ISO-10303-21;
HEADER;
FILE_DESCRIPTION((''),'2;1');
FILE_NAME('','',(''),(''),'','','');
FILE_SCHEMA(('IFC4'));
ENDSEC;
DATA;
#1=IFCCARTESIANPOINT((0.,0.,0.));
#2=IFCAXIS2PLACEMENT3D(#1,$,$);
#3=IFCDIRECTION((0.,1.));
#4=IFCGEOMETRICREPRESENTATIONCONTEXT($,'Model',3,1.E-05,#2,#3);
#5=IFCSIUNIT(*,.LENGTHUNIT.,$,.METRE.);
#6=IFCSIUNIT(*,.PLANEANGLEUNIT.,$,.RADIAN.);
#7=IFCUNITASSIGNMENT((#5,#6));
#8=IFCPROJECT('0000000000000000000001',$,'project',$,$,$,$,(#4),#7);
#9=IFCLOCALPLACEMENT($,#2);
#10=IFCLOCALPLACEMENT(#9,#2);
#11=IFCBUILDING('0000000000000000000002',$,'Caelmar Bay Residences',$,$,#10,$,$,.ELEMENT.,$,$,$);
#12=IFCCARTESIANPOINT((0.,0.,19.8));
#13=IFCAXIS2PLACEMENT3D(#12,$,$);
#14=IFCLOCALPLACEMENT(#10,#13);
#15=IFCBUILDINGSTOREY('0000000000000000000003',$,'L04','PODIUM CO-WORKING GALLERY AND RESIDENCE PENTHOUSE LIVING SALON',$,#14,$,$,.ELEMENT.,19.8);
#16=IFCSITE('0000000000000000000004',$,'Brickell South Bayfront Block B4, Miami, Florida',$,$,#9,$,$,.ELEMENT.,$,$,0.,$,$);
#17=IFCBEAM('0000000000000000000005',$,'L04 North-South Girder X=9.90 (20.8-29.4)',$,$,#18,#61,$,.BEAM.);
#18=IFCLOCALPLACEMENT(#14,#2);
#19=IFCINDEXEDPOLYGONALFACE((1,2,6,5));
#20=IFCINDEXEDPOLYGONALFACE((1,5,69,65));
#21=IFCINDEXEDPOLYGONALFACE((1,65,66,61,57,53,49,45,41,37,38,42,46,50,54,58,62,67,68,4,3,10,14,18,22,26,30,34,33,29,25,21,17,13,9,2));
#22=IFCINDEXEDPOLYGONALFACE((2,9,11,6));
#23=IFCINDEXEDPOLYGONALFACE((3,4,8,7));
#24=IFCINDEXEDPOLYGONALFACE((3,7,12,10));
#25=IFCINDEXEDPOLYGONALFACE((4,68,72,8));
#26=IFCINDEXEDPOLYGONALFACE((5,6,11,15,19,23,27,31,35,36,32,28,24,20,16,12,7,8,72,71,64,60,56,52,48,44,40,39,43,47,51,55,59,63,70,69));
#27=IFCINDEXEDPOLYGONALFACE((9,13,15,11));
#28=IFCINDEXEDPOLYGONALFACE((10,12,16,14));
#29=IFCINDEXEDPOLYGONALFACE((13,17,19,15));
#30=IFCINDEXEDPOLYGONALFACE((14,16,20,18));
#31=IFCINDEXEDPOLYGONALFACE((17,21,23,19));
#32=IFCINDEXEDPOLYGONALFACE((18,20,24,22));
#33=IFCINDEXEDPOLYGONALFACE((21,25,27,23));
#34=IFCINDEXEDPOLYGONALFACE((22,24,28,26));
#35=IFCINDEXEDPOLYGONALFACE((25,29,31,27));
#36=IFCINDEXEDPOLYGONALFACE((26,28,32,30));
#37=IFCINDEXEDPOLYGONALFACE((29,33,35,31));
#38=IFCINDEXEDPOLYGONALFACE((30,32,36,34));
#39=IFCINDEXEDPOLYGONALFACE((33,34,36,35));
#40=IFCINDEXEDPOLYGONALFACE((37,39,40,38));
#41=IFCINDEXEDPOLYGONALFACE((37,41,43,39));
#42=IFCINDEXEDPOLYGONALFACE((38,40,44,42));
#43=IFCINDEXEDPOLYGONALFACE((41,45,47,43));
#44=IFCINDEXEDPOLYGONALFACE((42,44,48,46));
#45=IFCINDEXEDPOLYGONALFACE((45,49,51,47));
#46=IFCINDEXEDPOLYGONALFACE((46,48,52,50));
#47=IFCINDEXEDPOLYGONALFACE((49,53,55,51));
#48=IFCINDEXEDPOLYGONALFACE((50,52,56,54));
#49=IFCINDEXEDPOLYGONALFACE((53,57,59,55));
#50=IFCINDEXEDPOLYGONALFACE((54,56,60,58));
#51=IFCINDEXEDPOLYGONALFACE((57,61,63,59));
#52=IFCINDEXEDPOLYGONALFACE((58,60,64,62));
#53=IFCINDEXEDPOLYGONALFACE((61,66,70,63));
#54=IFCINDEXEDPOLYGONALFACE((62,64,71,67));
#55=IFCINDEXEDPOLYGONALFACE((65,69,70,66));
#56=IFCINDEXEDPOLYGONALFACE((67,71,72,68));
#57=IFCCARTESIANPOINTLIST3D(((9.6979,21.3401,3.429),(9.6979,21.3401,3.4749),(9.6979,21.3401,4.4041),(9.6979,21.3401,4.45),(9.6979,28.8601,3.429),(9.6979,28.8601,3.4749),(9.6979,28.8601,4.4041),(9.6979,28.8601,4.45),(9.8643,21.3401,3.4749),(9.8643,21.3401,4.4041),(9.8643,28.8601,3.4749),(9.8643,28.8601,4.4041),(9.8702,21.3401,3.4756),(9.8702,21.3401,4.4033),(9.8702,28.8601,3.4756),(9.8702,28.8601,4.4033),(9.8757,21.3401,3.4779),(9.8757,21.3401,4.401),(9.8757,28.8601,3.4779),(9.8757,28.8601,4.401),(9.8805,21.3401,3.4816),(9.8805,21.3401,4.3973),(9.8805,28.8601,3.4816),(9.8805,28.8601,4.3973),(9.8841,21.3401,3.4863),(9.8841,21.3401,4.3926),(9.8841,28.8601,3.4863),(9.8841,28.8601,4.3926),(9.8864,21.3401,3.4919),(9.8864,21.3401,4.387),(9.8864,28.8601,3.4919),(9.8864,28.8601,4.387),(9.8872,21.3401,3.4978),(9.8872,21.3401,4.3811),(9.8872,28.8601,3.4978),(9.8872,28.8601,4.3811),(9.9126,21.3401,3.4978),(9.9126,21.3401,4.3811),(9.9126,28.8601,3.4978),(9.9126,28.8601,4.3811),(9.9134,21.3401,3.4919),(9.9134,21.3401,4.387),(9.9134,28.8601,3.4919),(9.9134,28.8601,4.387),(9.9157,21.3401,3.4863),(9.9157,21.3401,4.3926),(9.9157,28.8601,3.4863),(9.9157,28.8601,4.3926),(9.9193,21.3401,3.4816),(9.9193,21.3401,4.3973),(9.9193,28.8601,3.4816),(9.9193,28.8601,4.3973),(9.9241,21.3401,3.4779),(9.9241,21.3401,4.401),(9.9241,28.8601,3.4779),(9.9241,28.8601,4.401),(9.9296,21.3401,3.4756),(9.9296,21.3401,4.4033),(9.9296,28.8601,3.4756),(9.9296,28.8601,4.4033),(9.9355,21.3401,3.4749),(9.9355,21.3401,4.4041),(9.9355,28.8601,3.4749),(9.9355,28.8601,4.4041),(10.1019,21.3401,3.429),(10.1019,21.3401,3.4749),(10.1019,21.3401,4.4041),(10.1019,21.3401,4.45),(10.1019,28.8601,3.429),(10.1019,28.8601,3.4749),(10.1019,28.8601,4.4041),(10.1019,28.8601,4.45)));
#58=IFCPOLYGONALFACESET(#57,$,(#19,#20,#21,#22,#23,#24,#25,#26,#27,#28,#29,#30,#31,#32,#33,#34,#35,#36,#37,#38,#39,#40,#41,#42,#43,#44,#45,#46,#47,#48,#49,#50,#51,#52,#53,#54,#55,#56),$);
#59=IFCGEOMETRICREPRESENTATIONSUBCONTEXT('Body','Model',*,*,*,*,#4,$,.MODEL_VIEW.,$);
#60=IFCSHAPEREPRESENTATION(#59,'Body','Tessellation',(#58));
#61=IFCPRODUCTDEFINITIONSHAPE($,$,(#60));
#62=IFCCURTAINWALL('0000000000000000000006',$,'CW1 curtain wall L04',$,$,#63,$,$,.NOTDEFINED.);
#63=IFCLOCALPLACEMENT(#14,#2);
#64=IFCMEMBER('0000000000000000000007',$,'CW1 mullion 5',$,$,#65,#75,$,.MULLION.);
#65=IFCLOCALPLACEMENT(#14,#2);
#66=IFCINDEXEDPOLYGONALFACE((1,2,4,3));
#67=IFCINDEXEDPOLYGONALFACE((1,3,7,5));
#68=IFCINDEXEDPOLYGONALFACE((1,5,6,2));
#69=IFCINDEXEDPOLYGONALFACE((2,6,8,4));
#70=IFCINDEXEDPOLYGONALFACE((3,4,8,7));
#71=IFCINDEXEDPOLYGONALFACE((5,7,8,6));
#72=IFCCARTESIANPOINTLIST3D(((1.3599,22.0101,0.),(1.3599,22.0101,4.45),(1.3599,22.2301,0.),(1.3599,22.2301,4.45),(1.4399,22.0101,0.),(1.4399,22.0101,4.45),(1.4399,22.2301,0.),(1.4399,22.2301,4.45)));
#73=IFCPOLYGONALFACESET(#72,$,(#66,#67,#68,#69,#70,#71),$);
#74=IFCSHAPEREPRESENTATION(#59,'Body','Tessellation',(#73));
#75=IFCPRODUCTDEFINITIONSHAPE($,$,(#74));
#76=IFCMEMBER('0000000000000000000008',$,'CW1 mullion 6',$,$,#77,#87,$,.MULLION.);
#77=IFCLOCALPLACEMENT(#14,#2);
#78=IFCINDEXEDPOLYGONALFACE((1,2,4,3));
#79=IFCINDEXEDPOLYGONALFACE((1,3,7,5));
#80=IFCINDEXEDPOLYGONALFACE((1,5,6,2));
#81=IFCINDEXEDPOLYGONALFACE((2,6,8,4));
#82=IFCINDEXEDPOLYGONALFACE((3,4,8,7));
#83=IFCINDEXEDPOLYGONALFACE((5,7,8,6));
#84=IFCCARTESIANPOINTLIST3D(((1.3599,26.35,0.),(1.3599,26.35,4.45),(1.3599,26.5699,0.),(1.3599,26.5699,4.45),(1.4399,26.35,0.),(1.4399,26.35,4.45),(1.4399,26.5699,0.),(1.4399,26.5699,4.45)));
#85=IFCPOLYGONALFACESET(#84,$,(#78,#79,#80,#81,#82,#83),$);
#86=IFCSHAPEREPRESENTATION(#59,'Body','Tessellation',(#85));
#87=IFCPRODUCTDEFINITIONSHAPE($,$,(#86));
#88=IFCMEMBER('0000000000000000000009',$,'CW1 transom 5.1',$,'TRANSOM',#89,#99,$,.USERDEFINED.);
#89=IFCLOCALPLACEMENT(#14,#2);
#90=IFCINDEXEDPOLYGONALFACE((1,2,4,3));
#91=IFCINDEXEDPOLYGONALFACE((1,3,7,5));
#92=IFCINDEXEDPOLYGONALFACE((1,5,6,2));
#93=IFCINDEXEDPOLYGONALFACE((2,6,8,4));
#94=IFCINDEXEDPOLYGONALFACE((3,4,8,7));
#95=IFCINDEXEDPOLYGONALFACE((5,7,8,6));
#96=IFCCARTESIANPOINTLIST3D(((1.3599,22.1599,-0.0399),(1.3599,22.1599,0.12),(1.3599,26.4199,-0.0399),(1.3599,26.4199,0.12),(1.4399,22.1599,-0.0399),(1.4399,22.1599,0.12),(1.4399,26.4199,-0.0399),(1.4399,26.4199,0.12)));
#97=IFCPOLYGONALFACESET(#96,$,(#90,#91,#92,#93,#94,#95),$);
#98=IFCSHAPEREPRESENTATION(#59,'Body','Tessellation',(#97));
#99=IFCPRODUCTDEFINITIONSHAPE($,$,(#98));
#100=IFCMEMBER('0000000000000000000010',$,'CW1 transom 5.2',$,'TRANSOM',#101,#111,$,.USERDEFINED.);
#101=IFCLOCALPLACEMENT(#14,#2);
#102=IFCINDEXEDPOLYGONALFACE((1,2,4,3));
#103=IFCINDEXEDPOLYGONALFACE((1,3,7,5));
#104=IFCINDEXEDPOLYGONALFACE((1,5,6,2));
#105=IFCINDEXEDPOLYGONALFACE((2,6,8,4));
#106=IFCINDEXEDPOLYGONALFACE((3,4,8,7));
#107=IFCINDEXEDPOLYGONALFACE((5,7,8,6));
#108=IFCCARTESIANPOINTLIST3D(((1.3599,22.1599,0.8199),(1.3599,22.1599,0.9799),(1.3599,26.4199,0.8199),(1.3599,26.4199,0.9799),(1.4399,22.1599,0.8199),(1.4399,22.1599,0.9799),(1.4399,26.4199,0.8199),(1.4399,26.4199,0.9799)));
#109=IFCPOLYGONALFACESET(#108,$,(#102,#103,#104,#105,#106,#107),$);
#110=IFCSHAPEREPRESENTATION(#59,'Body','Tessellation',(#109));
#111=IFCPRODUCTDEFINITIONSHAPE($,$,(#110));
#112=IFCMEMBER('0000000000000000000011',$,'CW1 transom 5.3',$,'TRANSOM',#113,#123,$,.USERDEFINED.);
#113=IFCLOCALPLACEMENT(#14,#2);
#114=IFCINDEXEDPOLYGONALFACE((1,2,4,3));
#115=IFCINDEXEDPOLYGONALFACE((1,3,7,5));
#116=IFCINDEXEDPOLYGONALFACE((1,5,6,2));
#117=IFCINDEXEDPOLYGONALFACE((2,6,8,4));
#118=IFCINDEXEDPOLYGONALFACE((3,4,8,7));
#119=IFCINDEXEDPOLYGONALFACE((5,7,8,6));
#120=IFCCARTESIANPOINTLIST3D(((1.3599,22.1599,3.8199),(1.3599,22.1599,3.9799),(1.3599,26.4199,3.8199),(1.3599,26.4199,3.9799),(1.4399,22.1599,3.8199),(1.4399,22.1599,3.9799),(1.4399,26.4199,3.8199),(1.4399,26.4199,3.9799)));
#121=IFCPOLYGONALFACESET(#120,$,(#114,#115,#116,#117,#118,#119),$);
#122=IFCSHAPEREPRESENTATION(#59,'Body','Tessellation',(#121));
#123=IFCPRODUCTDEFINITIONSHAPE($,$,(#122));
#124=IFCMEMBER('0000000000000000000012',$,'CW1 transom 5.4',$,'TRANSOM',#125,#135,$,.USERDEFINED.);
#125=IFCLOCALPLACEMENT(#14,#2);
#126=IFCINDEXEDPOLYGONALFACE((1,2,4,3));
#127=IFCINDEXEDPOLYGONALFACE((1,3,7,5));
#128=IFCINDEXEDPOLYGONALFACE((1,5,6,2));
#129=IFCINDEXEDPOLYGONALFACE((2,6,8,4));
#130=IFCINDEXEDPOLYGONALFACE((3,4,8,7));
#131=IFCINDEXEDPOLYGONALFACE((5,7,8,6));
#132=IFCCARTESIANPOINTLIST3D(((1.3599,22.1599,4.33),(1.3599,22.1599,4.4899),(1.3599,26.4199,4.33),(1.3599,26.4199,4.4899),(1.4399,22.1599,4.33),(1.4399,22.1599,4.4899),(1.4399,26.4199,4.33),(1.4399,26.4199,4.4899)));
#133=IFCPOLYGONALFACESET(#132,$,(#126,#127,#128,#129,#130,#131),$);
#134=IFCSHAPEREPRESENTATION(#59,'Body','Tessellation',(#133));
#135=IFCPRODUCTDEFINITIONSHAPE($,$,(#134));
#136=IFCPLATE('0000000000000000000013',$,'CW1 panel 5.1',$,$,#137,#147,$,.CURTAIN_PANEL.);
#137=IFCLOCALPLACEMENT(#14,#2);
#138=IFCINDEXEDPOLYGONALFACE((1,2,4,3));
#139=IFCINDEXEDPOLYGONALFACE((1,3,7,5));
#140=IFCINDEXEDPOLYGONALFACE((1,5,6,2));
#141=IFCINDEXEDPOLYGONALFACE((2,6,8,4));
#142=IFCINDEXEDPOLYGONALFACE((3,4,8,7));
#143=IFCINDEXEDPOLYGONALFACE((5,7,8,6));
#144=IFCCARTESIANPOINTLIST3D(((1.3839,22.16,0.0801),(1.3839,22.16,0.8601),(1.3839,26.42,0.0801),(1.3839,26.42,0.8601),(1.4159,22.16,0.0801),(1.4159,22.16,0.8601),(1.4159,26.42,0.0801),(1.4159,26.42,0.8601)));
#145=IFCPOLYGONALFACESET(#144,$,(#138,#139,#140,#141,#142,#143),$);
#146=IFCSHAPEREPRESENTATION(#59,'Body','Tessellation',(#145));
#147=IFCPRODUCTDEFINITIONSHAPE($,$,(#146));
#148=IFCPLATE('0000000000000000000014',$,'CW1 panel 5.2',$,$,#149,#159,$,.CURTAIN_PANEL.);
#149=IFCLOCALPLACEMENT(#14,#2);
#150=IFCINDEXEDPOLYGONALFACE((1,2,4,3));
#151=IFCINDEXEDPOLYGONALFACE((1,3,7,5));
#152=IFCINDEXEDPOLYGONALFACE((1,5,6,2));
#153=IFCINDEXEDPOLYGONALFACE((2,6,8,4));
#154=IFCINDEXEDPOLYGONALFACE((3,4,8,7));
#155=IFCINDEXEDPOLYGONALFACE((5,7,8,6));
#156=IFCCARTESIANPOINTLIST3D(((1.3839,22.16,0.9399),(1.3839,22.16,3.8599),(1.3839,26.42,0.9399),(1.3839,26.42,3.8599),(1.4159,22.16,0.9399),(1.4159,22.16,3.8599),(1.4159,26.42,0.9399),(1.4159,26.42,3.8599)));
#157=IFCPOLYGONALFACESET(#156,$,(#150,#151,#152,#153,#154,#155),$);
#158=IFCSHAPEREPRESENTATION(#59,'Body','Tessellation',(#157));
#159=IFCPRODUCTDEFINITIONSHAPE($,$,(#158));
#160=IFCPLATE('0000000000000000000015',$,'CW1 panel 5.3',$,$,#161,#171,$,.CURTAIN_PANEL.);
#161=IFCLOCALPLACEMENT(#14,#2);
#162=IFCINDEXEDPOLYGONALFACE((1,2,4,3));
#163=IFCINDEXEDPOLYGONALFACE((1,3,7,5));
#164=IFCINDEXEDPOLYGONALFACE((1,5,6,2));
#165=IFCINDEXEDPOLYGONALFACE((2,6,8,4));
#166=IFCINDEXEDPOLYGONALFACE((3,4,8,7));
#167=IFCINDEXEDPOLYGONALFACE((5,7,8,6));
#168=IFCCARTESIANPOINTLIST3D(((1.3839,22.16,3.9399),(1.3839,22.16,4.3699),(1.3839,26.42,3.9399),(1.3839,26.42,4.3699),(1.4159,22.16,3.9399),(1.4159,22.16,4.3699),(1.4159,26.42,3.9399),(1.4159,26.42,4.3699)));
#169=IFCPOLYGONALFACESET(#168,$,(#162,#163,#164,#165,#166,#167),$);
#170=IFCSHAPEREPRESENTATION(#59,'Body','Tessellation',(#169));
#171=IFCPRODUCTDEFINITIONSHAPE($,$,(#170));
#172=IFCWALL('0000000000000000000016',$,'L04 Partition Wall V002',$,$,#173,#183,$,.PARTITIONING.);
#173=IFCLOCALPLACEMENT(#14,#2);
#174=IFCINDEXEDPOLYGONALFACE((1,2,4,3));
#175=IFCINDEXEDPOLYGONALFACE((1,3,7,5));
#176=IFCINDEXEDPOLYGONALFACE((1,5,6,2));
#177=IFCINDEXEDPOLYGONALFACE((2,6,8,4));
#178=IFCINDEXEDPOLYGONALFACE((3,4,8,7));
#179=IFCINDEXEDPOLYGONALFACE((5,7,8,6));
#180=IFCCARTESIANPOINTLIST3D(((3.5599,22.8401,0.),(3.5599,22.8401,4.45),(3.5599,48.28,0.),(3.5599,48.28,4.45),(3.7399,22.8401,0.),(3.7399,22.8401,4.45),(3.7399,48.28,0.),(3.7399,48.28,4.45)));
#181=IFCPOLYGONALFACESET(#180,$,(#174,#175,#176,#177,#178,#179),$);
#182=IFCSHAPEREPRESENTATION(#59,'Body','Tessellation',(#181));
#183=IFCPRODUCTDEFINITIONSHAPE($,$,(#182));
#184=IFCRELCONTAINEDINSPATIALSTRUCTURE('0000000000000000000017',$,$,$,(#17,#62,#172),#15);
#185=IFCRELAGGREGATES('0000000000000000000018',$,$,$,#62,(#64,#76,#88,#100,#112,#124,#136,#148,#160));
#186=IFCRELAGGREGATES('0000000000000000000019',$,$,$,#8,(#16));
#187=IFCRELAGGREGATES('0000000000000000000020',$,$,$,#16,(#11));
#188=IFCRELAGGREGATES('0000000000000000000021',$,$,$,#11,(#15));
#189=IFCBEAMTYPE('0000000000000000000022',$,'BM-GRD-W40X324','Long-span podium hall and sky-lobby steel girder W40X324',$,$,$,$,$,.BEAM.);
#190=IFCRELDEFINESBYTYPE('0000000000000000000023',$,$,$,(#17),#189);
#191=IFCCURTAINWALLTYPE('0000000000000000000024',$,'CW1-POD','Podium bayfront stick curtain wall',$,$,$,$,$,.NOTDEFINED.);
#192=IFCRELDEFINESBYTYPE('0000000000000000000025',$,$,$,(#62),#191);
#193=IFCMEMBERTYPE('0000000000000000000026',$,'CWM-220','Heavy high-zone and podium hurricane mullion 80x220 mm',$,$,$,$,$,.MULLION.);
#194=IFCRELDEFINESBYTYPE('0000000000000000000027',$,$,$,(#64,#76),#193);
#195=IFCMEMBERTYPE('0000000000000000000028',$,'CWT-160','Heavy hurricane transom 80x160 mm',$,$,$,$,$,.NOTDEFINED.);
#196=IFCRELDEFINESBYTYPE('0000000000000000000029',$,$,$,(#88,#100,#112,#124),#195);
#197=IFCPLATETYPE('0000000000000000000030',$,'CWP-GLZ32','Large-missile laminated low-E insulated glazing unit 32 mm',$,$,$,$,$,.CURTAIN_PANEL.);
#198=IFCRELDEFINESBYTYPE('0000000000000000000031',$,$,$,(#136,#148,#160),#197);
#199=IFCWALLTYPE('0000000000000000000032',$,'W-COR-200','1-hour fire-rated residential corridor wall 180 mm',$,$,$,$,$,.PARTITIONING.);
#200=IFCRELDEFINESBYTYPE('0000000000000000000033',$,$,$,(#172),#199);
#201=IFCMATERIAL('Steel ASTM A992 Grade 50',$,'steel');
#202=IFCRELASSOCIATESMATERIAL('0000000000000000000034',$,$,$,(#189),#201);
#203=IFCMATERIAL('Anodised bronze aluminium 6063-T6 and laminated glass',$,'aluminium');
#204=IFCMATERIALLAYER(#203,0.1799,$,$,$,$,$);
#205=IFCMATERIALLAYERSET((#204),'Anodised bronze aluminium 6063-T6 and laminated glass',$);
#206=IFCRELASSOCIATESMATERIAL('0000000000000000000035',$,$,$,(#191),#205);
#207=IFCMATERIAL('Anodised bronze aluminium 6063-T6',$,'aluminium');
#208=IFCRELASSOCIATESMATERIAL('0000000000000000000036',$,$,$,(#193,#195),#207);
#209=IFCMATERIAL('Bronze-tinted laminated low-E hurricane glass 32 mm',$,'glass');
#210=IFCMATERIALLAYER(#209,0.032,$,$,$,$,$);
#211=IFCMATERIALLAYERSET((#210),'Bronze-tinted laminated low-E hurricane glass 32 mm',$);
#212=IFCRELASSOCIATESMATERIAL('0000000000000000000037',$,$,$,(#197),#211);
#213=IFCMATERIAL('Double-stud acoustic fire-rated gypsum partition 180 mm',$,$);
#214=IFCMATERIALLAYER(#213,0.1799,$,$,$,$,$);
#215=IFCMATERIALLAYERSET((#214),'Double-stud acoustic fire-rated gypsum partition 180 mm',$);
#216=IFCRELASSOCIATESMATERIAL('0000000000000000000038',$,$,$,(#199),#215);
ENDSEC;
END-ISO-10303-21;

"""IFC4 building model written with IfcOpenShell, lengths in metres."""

from ifc_helpers import new_model, si_unit, direction, frame, frame_2d, origin, origin_2d, place, context, subcontext, project, spatial, rectangle, i_section, extrude, material, layer, layer_set, material_profile, profile_set, type_object, element, aggregate, save


model = new_model("IFC4")

# Units and contexts
model_context = context("Model", 3, precision=1e-05, world=origin(), true_north=direction((0.0, 1.0)))
body_context = subcontext(model_context, "Body", "Model", "MODEL_VIEW")
ifc_project = project(units=[si_unit("LENGTHUNIT", "METRE"), si_unit("PLANEANGLEUNIT", "RADIAN")], contexts=[model_context])

# Site, building, storey
site_placement = place(None, origin())
site = spatial("IfcSite", under=ifc_project, at=site_placement, Name="Brickell South Bayfront Block B4, Miami, Florida", CompositionType="ELEMENT", RefElevation=0.0)
building_placement = place(site_placement, origin())
building = spatial("IfcBuilding", under=site, at=building_placement, Name="Caelmar Bay Residences", CompositionType="ELEMENT")
storey_placement = place(building_placement, frame((0.0, 0.0, 19.8)))
storey = spatial("IfcBuildingStorey", under=building, at=storey_placement, Name="L04", Description="PODIUM CO-WORKING GALLERY AND RESIDENCE PENTHOUSE LIVING SALON", CompositionType="ELEMENT", Elevation=19.8)

# Beam
ifc_material_1 = material(Name="Steel ASTM A992 Grade 50", Category="steel")
ifc_material_profile_1 = material_profile(ifc_material_1, i_section(OverallWidth=0.4041, OverallDepth=1.021, WebThickness=0.0254, FlangeThickness=0.0459, FilletRadius=0.0229, at=origin_2d()), Name="W40X324")
ifc_profile_set_1 = profile_set([ifc_material_profile_1], Name="Steel ASTM A992 Grade 50")
beam_type = type_object("IfcBeamType", Name="BM-GRD-W40X324", Description="Long-span podium hall and sky-lobby steel girder W40X324", PredefinedType="BEAM", material=ifc_profile_set_1)
beam_placement = place(storey_placement, frame((9.8999, 21.3401, 3.9395), z_axis=(0.0, 1.0, 0.0), x_axis=(-1.0, 0.0, 0.0)))
element("IfcBeam", 1, at=beam_placement, inside=storey, type_object=beam_type, Name="L04 North-South Girder X=9.90 (20.8-29.4)", PredefinedType="BEAM", context=body_context, shape_type="SweptSolid", body=[
    extrude(i_section(OverallWidth=0.4041, OverallDepth=1.021, WebThickness=0.0254, FlangeThickness=0.0459, FilletRadius=0.0229, at=origin_2d()), origin(), (0.0, 0.0, 1.0), 7.52),
])

# Curtain wall, members, plates
ifc_material_2 = material(Name="Anodised bronze aluminium 6063-T6 and laminated glass", Category="aluminium")
ifc_layer_1 = layer(ifc_material_2, 0.1799)
ifc_layer_set_1 = layer_set([ifc_layer_1], Name="Anodised bronze aluminium 6063-T6 and laminated glass")
curtain_wall_type = type_object("IfcCurtainWallType", Name="CW1-POD", Description="Podium bayfront stick curtain wall", PredefinedType="NOTDEFINED", material=ifc_layer_set_1)
curtain_wall_placement = place(storey_placement, origin())
curtain_wall = element("IfcCurtainWall", 2, at=curtain_wall_placement, inside=storey, type_object=curtain_wall_type, Name="CW1 curtain wall L04", PredefinedType="NOTDEFINED")
ifc_material_3 = material(Name="Anodised bronze aluminium 6063-T6", Category="aluminium")
ifc_material_profile_2 = material_profile(ifc_material_3, rectangle(XDim=0.0801, YDim=0.22, at=origin_2d()), Name="CWM-80X220")
ifc_profile_set_2 = profile_set([ifc_material_profile_2], Name="Anodised bronze aluminium 6063-T6")
member_type_1 = type_object("IfcMemberType", Name="CWM-220", Description="Heavy high-zone and podium hurricane mullion 80x220 mm", PredefinedType="MULLION", material=ifc_profile_set_2)
member_1_placement = place(storey_placement, frame((1.3999, 22.1201, 0.0), z_axis=(0.0, 0.0, 1.0), x_axis=(-1.0, 0.0, 0.0)))
member_1 = element("IfcMember", 3, at=member_1_placement, type_object=member_type_1, Name="CW1 mullion 5", PredefinedType="MULLION", context=body_context, shape_type="SweptSolid", body=[
    extrude(rectangle(XDim=0.0801, YDim=0.22, at=origin_2d()), origin(), (0.0, 0.0, 1.0), 4.45),
])
member_2_placement = place(storey_placement, frame((1.3999, 26.46, 0.0), z_axis=(0.0, 0.0, 1.0), x_axis=(-1.0, 0.0, 0.0)))
member_2 = element("IfcMember", 4, at=member_2_placement, type_object=member_type_1, Name="CW1 mullion 6", PredefinedType="MULLION", context=body_context, shape_type="SweptSolid", body=[
    extrude(rectangle(XDim=0.0801, YDim=0.22, at=origin_2d()), origin(), (0.0, 0.0, 1.0), 4.45),
])
ifc_material_profile_3 = material_profile(ifc_material_3, rectangle(XDim=0.0801, YDim=0.1599, at=origin_2d()), Name="CWT-80X160")
ifc_profile_set_3 = profile_set([ifc_material_profile_3], Name="Anodised bronze aluminium 6063-T6")
member_type_2 = type_object("IfcMemberType", Name="CWT-160", Description="Heavy hurricane transom 80x160 mm", PredefinedType="NOTDEFINED", material=ifc_profile_set_3)
member_3_placement = place(storey_placement, frame((1.3999, 22.1599, 0.04), z_axis=(0.0, 1.0, 0.0), x_axis=(-1.0, 0.0, 0.0)))
member_3 = element("IfcMember", 5, at=member_3_placement, type_object=member_type_2, Name="CW1 transom 5.1", ObjectType="TRANSOM", PredefinedType="USERDEFINED", context=body_context, shape_type="SweptSolid", body=[
    extrude(rectangle(XDim=0.0801, YDim=0.1599, at=origin_2d()), origin(), (0.0, 0.0, 1.0), 4.26),
])
member_4_placement = place(storey_placement, frame((1.3999, 22.1599, 0.8999), z_axis=(0.0, 1.0, 0.0), x_axis=(-1.0, 0.0, 0.0)))
member_4 = element("IfcMember", 6, at=member_4_placement, type_object=member_type_2, Name="CW1 transom 5.2", ObjectType="TRANSOM", PredefinedType="USERDEFINED", context=body_context, shape_type="SweptSolid", body=[
    extrude(rectangle(XDim=0.0801, YDim=0.1599, at=origin_2d()), origin(), (0.0, 0.0, 1.0), 4.26),
])
member_5_placement = place(storey_placement, frame((1.3999, 22.1599, 3.8999), z_axis=(0.0, 1.0, 0.0), x_axis=(-1.0, 0.0, 0.0)))
member_5 = element("IfcMember", 7, at=member_5_placement, type_object=member_type_2, Name="CW1 transom 5.3", ObjectType="TRANSOM", PredefinedType="USERDEFINED", context=body_context, shape_type="SweptSolid", body=[
    extrude(rectangle(XDim=0.0801, YDim=0.1599, at=origin_2d()), origin(), (0.0, 0.0, 1.0), 4.26),
])
member_6_placement = place(storey_placement, frame((1.3999, 22.1599, 4.4099), z_axis=(0.0, 1.0, 0.0), x_axis=(-1.0, 0.0, 0.0)))
member_6 = element("IfcMember", 8, at=member_6_placement, type_object=member_type_2, Name="CW1 transom 5.4", ObjectType="TRANSOM", PredefinedType="USERDEFINED", context=body_context, shape_type="SweptSolid", body=[
    extrude(rectangle(XDim=0.0801, YDim=0.1599, at=origin_2d()), origin(), (0.0, 0.0, 1.0), 4.26),
])
ifc_material_4 = material(Name="Bronze-tinted laminated low-E hurricane glass 32 mm", Category="glass")
ifc_layer_2 = layer(ifc_material_4, 0.032)
ifc_layer_set_2 = layer_set([ifc_layer_2], Name="Bronze-tinted laminated low-E hurricane glass 32 mm")
plate_type = type_object("IfcPlateType", Name="CWP-GLZ32", Description="Large-missile laminated low-E insulated glazing unit 32 mm", PredefinedType="CURTAIN_PANEL", material=ifc_layer_set_2)
plate_1_placement = place(storey_placement, frame((1.3999, 24.29, 0.0801), z_axis=(0.0, 0.0, 1.0), x_axis=(0.0, 1.0, 0.0)))
plate_1 = element("IfcPlate", 9, at=plate_1_placement, type_object=plate_type, Name="CW1 panel 5.1", PredefinedType="CURTAIN_PANEL", context=body_context, shape_type="SweptSolid", body=[
    extrude(rectangle(XDim=4.26, YDim=0.032, at=origin_2d()), origin(), (0.0, 0.0, 1.0), 0.78),
])
plate_2_placement = place(storey_placement, frame((1.3999, 24.29, 0.9399), z_axis=(0.0, 0.0, 1.0), x_axis=(0.0, 1.0, 0.0)))
plate_2 = element("IfcPlate", 10, at=plate_2_placement, type_object=plate_type, Name="CW1 panel 5.2", PredefinedType="CURTAIN_PANEL", context=body_context, shape_type="SweptSolid", body=[
    extrude(rectangle(XDim=4.26, YDim=0.032, at=origin_2d()), origin(), (0.0, 0.0, 1.0), 2.9199),
])
plate_3_placement = place(storey_placement, frame((1.3999, 24.29, 3.9399), z_axis=(0.0, 0.0, 1.0), x_axis=(0.0, 1.0, 0.0)))
plate_3 = element("IfcPlate", 11, at=plate_3_placement, type_object=plate_type, Name="CW1 panel 5.3", PredefinedType="CURTAIN_PANEL", context=body_context, shape_type="SweptSolid", body=[
    extrude(rectangle(XDim=4.26, YDim=0.032, at=origin_2d()), origin(), (0.0, 0.0, 1.0), 0.4299),
])
aggregate(curtain_wall, [member_1, member_2, member_3, member_4, member_5, member_6, plate_1, plate_2, plate_3])

# Wall
ifc_material_5 = material(Name="Double-stud acoustic fire-rated gypsum partition 180 mm")
ifc_layer_3 = layer(ifc_material_5, 0.1799)
ifc_layer_set_3 = layer_set([ifc_layer_3], Name="Double-stud acoustic fire-rated gypsum partition 180 mm")
wall_type_1 = type_object("IfcWallType", Name="W-COR-200", Description="1-hour fire-rated residential corridor wall 180 mm", PredefinedType="PARTITIONING", material=ifc_layer_set_3)
wall_1_placement = place(storey_placement, frame((3.6499, 22.8401, 0.0), z_axis=(0.0, 0.0, 1.0), x_axis=(0.0, 1.0, 0.0)))
element("IfcWall", 12, at=wall_1_placement, inside=storey, type_object=wall_type_1, Name="L04 Partition Wall V002", PredefinedType="PARTITIONING", context=body_context, shape_type="SweptSolid", body=[
    extrude(rectangle(XDim=25.4399, YDim=0.1799, at=frame_2d((12.72, 0.0))), origin(), (0.0, 0.0, 1.0), 4.45),
])

save(model, "model.ifc")
